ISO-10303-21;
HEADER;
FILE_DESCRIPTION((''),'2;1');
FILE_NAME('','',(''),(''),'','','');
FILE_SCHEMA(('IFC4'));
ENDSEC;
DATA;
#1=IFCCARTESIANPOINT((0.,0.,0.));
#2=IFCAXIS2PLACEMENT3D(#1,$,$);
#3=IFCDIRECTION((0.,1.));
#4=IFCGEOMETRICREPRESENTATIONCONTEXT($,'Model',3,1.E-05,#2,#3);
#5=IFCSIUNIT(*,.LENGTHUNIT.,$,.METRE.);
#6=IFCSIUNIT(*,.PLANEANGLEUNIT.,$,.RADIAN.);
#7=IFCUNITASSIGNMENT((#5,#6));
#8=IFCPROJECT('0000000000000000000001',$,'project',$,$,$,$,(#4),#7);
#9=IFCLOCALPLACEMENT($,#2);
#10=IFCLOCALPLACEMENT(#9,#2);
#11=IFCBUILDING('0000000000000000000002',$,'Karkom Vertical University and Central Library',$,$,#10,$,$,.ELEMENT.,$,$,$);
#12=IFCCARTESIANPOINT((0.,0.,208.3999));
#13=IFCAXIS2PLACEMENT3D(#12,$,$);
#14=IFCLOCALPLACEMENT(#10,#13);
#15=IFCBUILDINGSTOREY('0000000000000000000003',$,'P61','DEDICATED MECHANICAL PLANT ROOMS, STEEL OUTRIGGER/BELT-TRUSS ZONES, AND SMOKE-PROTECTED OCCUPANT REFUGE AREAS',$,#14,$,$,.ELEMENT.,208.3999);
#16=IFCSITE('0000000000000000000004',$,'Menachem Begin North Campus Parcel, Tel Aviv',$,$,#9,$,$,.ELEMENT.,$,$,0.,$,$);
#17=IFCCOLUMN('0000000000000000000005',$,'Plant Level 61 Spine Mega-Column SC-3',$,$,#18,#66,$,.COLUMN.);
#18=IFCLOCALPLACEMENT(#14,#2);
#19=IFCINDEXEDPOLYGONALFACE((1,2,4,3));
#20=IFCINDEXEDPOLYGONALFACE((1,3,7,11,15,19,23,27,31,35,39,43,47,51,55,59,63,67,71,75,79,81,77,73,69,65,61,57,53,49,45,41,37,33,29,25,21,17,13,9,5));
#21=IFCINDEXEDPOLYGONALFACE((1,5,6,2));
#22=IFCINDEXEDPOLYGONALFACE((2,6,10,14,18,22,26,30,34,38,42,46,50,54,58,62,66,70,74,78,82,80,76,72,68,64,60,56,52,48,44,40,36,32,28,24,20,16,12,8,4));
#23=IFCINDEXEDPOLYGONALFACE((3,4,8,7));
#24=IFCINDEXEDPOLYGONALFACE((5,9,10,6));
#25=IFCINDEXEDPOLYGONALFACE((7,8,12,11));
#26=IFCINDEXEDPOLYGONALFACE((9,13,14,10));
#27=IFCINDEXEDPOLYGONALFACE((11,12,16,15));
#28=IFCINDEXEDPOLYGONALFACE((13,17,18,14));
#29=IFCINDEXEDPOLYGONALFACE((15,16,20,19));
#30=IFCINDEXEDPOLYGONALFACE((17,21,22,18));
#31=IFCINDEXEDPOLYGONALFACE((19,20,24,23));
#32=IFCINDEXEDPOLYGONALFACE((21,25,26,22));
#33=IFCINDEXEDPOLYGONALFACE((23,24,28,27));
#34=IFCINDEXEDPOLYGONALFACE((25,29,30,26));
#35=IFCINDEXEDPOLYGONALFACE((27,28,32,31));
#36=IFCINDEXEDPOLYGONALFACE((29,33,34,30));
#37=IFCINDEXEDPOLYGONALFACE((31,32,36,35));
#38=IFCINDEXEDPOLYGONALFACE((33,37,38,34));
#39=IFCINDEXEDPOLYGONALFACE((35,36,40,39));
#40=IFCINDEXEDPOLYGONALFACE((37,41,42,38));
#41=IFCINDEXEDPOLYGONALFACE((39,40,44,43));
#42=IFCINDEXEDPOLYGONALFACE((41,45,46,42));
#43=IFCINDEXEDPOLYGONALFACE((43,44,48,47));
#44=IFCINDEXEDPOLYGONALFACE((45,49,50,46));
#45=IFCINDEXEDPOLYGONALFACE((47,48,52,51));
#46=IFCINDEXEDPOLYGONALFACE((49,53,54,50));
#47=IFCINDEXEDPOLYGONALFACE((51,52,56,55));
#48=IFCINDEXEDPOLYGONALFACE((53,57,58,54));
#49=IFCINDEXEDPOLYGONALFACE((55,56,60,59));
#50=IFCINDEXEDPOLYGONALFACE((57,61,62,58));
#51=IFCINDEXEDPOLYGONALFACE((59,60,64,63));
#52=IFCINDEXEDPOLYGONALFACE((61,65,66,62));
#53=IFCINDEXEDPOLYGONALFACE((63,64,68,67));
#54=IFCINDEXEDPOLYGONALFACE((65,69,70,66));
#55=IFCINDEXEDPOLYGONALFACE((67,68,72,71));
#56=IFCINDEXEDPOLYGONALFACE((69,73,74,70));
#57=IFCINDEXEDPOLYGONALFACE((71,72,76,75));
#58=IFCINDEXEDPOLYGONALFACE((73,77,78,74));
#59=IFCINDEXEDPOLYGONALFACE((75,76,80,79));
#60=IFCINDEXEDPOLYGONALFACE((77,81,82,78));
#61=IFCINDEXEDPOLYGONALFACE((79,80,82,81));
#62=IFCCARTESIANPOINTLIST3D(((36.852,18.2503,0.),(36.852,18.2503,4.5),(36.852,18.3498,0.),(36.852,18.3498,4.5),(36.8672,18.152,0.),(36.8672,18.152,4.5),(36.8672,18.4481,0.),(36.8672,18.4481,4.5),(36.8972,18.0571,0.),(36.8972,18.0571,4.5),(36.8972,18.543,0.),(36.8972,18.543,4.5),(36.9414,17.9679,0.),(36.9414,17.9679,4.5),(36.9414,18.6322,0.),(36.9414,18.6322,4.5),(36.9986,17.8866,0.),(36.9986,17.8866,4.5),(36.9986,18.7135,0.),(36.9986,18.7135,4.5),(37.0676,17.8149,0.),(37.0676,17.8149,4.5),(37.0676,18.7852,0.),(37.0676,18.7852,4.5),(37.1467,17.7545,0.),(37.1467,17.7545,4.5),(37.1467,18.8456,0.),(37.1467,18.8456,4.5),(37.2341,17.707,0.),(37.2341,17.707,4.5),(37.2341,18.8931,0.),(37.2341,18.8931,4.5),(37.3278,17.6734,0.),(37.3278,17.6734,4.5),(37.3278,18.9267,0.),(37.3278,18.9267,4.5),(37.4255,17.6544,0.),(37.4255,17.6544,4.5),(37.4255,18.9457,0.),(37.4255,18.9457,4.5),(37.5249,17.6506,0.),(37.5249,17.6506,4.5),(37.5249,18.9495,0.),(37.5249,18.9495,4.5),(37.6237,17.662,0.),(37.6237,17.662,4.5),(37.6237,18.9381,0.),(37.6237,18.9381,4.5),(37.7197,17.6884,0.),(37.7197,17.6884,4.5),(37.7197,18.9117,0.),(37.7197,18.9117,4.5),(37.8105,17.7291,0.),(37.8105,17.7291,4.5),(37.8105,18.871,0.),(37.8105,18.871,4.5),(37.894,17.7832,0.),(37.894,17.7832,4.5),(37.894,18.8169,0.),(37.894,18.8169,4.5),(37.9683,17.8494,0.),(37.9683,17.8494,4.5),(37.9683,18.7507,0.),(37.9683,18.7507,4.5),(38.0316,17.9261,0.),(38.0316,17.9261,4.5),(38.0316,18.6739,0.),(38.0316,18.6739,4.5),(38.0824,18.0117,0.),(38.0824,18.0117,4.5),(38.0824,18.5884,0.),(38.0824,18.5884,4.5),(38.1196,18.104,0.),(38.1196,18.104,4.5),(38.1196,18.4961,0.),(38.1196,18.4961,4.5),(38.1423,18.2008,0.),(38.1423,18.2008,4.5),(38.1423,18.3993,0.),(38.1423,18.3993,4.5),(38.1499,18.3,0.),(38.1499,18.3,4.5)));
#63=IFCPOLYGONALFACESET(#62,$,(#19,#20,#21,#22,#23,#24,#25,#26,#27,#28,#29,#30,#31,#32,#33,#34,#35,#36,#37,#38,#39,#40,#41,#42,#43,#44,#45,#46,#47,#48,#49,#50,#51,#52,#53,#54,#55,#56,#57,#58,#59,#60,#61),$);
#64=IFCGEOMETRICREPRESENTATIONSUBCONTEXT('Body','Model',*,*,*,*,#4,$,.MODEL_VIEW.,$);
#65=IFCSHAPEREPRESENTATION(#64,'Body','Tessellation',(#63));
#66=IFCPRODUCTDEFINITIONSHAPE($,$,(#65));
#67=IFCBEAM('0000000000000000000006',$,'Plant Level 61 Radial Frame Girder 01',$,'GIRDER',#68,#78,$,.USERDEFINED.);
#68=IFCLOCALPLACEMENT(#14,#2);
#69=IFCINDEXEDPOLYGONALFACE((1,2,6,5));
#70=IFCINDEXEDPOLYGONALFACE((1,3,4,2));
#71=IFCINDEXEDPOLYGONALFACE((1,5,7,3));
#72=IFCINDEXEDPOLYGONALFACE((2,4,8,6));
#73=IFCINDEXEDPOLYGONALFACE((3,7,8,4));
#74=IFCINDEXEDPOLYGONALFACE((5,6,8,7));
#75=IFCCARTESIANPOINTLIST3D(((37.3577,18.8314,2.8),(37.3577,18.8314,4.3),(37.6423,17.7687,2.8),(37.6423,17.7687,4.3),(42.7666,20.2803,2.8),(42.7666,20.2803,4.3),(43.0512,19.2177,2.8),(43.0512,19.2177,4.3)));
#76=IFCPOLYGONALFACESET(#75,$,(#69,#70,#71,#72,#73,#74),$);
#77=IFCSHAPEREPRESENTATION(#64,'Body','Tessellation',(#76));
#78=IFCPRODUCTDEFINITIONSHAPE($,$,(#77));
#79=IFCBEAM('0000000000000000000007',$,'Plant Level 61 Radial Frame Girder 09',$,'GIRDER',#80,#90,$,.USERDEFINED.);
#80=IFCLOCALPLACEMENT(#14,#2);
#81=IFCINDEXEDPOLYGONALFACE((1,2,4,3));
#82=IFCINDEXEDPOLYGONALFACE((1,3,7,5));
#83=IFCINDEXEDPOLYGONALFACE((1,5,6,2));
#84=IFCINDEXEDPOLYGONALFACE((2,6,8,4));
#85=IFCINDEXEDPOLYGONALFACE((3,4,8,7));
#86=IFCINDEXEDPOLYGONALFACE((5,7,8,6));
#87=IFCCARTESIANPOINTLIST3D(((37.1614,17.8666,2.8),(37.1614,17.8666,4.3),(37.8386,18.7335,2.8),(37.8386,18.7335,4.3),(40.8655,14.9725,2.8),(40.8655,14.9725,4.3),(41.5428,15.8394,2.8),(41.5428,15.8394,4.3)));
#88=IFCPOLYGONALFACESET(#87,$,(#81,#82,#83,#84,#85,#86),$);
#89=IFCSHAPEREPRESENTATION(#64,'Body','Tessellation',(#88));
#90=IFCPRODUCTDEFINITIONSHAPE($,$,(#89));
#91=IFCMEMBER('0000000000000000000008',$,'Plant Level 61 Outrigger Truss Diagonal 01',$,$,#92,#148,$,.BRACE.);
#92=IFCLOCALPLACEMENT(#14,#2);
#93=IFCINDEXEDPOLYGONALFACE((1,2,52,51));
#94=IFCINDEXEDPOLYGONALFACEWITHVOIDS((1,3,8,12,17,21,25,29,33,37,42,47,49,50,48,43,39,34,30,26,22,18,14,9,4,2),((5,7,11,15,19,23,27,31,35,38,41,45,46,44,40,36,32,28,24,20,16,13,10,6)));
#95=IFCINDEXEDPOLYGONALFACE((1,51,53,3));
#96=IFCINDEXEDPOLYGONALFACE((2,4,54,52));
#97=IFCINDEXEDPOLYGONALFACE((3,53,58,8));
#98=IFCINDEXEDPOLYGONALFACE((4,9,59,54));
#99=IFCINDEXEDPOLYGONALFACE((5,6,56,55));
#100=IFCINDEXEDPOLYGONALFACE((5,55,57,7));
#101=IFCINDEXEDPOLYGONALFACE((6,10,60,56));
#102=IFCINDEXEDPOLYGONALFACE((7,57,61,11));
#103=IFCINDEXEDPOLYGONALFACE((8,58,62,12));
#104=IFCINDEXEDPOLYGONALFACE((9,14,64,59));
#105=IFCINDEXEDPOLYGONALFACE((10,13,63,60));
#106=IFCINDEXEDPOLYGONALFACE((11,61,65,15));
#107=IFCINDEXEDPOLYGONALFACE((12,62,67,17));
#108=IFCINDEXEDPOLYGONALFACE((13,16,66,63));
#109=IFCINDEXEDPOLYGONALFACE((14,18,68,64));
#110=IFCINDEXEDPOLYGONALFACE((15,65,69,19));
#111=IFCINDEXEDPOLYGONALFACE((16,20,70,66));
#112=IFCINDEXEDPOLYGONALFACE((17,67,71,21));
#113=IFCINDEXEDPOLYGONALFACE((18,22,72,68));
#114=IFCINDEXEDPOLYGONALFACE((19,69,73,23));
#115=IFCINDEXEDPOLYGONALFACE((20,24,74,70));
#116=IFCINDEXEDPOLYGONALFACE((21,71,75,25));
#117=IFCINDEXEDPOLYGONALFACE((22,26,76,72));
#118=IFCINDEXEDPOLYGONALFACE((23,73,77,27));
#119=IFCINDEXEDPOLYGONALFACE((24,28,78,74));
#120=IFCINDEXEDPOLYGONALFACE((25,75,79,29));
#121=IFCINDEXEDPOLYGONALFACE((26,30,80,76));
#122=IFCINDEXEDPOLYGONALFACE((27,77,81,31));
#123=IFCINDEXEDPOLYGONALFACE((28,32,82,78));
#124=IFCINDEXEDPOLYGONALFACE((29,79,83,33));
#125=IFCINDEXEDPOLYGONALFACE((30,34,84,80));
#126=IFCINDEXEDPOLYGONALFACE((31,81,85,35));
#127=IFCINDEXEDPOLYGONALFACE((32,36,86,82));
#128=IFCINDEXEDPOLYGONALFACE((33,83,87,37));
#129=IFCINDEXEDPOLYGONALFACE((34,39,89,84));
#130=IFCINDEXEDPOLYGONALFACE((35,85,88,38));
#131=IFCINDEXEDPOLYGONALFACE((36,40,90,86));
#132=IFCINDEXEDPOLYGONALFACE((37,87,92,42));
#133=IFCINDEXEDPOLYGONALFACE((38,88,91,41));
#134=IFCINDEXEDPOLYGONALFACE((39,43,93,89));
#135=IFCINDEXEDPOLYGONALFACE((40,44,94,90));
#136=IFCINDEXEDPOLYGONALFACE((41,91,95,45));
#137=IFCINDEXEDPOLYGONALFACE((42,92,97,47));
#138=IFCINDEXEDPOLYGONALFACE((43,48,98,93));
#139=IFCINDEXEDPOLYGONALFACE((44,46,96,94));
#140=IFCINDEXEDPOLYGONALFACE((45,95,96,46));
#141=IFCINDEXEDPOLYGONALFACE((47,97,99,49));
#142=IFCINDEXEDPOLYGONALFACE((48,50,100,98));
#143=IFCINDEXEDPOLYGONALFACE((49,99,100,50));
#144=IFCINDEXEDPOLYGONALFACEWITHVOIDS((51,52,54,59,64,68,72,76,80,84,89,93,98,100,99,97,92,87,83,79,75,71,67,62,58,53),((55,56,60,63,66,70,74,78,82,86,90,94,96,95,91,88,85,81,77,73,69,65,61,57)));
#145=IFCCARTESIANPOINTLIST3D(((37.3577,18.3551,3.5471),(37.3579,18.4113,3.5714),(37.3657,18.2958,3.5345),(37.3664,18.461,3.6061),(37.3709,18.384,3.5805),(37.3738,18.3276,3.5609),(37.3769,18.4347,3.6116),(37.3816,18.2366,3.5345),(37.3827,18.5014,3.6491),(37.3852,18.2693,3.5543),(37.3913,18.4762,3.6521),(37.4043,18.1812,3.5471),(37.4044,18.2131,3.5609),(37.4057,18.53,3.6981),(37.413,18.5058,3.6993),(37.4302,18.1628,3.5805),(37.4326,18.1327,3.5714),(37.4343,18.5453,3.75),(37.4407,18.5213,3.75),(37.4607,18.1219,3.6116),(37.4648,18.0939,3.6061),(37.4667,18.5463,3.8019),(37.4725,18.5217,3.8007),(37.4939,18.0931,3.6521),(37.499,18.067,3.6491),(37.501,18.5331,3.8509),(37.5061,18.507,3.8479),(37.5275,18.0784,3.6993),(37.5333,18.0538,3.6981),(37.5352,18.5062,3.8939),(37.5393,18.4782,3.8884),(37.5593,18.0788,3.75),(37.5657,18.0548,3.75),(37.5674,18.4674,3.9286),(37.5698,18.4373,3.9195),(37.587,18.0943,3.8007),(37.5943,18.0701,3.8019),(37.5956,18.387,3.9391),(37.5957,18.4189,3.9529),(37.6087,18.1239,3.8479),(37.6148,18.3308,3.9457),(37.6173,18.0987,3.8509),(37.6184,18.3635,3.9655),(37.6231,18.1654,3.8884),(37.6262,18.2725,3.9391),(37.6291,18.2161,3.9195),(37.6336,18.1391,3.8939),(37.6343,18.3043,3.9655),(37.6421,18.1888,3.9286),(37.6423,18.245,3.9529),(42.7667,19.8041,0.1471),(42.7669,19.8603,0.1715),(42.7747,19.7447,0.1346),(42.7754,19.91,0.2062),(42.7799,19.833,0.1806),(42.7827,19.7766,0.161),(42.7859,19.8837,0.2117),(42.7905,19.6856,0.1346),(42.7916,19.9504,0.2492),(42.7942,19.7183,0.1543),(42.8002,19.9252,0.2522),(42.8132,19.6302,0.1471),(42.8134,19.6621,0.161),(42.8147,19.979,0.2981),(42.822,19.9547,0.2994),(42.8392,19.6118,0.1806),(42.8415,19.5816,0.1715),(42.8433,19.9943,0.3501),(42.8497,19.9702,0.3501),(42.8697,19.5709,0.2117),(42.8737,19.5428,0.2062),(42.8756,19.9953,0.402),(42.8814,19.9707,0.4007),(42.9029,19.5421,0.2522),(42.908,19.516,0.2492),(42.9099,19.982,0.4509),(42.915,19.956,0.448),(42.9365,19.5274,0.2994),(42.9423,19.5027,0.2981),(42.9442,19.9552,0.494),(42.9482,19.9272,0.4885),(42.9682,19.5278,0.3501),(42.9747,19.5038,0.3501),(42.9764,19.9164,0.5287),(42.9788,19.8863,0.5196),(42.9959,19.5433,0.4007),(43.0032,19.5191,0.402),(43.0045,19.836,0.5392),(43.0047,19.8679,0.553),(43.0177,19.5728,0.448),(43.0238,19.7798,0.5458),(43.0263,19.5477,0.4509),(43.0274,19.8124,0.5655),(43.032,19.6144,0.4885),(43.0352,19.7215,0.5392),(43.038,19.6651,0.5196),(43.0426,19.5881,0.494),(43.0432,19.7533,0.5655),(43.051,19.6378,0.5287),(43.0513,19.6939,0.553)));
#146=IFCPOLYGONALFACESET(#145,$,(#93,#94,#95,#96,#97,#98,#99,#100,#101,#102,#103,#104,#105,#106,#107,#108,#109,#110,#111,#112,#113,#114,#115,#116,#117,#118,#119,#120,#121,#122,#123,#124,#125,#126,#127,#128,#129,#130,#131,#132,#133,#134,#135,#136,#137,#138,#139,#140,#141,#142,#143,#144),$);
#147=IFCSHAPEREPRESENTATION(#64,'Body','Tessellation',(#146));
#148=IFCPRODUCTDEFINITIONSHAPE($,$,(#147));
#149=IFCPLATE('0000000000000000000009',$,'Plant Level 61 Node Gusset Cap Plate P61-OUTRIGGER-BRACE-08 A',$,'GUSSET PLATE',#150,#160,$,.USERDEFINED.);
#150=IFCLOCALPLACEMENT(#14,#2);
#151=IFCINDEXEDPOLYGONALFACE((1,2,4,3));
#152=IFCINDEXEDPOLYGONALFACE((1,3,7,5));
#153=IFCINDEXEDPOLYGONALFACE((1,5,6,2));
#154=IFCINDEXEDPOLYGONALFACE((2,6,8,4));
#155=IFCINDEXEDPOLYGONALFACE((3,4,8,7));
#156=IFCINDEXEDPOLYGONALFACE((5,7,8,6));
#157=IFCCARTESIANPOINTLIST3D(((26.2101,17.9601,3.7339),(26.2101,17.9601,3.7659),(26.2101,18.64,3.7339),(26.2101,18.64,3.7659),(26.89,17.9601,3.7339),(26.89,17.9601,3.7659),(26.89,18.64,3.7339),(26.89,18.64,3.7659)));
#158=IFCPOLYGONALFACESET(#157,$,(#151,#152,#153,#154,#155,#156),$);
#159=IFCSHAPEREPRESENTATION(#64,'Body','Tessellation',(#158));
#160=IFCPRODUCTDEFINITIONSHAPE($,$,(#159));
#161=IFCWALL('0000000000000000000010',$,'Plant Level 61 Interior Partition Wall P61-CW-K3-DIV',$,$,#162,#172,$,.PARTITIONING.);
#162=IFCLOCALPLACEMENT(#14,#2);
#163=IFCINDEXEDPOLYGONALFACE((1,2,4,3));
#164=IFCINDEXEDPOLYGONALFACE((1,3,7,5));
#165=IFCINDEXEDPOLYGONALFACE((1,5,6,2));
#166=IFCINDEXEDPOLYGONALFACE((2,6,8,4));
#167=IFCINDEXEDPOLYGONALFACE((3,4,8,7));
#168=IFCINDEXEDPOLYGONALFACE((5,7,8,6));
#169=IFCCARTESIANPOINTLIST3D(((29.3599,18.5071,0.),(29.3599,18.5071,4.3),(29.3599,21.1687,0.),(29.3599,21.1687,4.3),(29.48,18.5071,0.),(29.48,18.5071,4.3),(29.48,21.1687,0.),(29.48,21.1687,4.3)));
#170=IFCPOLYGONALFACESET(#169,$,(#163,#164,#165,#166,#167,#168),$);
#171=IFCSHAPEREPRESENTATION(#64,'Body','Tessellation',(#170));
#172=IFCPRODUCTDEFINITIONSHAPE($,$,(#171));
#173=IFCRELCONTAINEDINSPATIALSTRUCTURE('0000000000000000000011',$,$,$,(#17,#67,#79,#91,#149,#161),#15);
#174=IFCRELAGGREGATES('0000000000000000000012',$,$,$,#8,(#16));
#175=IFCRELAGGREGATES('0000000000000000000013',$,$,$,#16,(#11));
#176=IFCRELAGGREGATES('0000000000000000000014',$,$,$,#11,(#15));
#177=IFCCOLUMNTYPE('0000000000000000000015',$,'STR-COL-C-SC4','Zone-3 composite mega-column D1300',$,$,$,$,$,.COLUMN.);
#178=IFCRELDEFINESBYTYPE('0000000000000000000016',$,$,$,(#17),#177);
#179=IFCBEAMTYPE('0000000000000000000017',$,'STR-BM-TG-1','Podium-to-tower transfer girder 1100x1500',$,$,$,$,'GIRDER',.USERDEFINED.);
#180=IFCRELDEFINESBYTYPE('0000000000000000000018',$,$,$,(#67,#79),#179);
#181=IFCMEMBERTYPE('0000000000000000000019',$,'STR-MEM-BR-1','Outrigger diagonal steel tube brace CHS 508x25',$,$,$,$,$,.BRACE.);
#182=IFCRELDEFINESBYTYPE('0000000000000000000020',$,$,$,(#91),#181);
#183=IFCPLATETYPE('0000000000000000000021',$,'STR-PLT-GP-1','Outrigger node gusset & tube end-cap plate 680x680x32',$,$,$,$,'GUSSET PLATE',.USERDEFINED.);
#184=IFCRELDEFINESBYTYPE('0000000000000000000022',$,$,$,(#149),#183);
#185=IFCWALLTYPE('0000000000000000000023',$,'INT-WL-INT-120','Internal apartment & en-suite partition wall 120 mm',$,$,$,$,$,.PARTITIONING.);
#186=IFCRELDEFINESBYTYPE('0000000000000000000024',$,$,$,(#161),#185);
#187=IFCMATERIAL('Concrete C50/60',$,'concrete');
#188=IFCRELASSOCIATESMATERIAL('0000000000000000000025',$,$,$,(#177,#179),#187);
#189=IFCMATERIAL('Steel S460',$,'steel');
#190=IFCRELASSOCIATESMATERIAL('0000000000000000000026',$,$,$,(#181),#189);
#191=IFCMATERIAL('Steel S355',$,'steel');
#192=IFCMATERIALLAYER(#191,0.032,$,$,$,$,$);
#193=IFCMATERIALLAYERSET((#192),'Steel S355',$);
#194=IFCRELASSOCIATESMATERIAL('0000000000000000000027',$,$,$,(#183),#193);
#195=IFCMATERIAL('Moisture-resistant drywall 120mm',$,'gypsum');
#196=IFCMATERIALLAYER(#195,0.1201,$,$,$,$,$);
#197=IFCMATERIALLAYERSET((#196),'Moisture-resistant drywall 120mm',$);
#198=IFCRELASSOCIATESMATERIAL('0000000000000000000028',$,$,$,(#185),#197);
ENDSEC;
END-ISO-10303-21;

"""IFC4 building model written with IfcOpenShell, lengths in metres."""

from ifc_helpers import new_model, si_unit, direction, frame, frame_2d, origin, origin_with_axes, origin_2d, place, context, subcontext, project, spatial, rectangle, circle, hollow_circle, extrude, source, transform, mapped, material, layer, layer_set, material_profile, profile_set, type_object, element, save


model = new_model("IFC4")

# Units and contexts
model_context = context("Model", 3, precision=1e-05, world=origin(), true_north=direction((0.0, 1.0)))
body_context = subcontext(model_context, "Body", "Model", "MODEL_VIEW")
ifc_project = project(units=[si_unit("LENGTHUNIT", "METRE"), si_unit("PLANEANGLEUNIT", "RADIAN")], contexts=[model_context])

# Site, building, storey
site_placement = place(None, origin())
site = spatial("IfcSite", under=ifc_project, at=site_placement, Name="Menachem Begin North Campus Parcel, Tel Aviv", CompositionType="ELEMENT", RefElevation=0.0)
building_placement = place(site_placement, origin())
building = spatial("IfcBuilding", under=site, at=building_placement, Name="Karkom Vertical University and Central Library", CompositionType="ELEMENT")
storey_placement = place(building_placement, frame((0.0, 0.0, 208.3999)))
storey = spatial("IfcBuildingStorey", under=building, at=storey_placement, Name="P61", Description="DEDICATED MECHANICAL PLANT ROOMS, STEEL OUTRIGGER/BELT-TRUSS ZONES, AND SMOKE-PROTECTED OCCUPANT REFUGE AREAS", CompositionType="ELEMENT", Elevation=208.3999)

# Column
ifc_material_1 = material(Name="Concrete C50/60", Category="concrete")
ifc_material_profile_1 = material_profile(ifc_material_1, circle(Radius=0.6499, at=origin_2d()), Name="CFT-D1300")
ifc_profile_set_1 = profile_set([ifc_material_profile_1], Name="Concrete C50/60")
column_type = type_object("IfcColumnType", Name="STR-COL-C-SC4", Description="Zone-3 composite mega-column D1300", PredefinedType="COLUMN", material=ifc_profile_set_1)
shared_shape_1 = source(origin_with_axes(), body_context, "Body", "SweptSolid", [
    extrude(circle(Radius=0.6499, at=origin_2d()), origin(), (0.0, 0.0, 1.0), 4.5),
])
column_placement = place(storey_placement, frame((37.5, 18.3, 0.0), z_axis=(0.0, 0.0, 1.0), x_axis=(1.0, 0.0, 0.0)))
element("IfcColumn", 1, at=column_placement, inside=storey, type_object=column_type, Name="Plant Level 61 Spine Mega-Column SC-3", PredefinedType="COLUMN", context=body_context, shape_type="MappedRepresentation", body=[
    mapped(shared_shape_1, transform((0.0, 0.0, 0.0), scale=1.0)),
])

# Beams
ifc_material_profile_2 = material_profile(ifc_material_1, rectangle(XDim=1.1001, YDim=1.5, at=origin_2d()), Name="TG-1100x1500")
ifc_profile_set_2 = profile_set([ifc_material_profile_2], Name="Concrete C50/60")
beam_type = type_object("IfcBeamType", Name="STR-BM-TG-1", Description="Podium-to-tower transfer girder 1100x1500", ElementType="GIRDER", PredefinedType="USERDEFINED", material=ifc_profile_set_2)
shared_shape_2 = source(origin_with_axes(), body_context, "Body", "SweptSolid", [
    extrude(rectangle(XDim=1.1001, YDim=1.5, at=origin_2d()), origin(), (0.0, 0.0, 1.0), 5.5996),
])
beam_1_placement = place(storey_placement, frame((37.5, 18.3, 3.55), z_axis=(0.965941, 0.258762, 0.0), x_axis=(-0.258762, 0.965941, 0.0)))
element("IfcBeam", 2, at=beam_1_placement, inside=storey, type_object=beam_type, Name="Plant Level 61 Radial Frame Girder 01", ObjectType="GIRDER", PredefinedType="USERDEFINED", context=body_context, shape_type="MappedRepresentation", body=[
    mapped(shared_shape_2, transform((0.0, 0.0, 0.0), scale=1.0)),
])
shared_shape_3 = source(origin_with_axes(), body_context, "Body", "SweptSolid", [
    extrude(rectangle(XDim=1.1001, YDim=1.5, at=origin_2d()), origin(), (0.0, 0.0, 1.0), 4.7007),
])
beam_2_placement = place(storey_placement, frame((37.5, 18.3, 3.55), z_axis=(0.788002, -0.615672, 0.0), x_axis=(0.615672, 0.788002, 0.0)))
element("IfcBeam", 3, at=beam_2_placement, inside=storey, type_object=beam_type, Name="Plant Level 61 Radial Frame Girder 09", ObjectType="GIRDER", PredefinedType="USERDEFINED", context=body_context, shape_type="MappedRepresentation", body=[
    mapped(shared_shape_3, transform((0.0, 0.0, 0.0), scale=1.0)),
])

# Member
ifc_material_2 = material(Name="Steel S460", Category="steel")
ifc_material_profile_3 = material_profile(ifc_material_2, hollow_circle(Radius=0.2539, WallThickness=0.0249, at=origin_2d()), Name="CHS 508x25")
ifc_profile_set_3 = profile_set([ifc_material_profile_3], Name="Steel S460")
member_type = type_object("IfcMemberType", Name="STR-MEM-BR-1", Description="Outrigger diagonal steel tube brace CHS 508x25", PredefinedType="BRACE", material=ifc_profile_set_3)
shared_shape_4 = source(origin_with_axes(), body_context, "Body", "SweptSolid", [
    extrude(hollow_circle(Radius=0.2539, WallThickness=0.0249, at=origin_2d()), origin(), (0.0, 0.0, 1.0), 6.551),
])
member_placement = place(storey_placement, frame((37.5, 18.3, 3.75), z_axis=(0.825667, 0.221184, -0.518991), x_axis=(-0.258762, 0.965941, 0.0)))
element("IfcMember", 4, at=member_placement, inside=storey, type_object=member_type, Name="Plant Level 61 Outrigger Truss Diagonal 01", PredefinedType="BRACE", context=body_context, shape_type="MappedRepresentation", body=[
    mapped(shared_shape_4, transform((0.0, 0.0, 0.0), scale=1.0)),
])

# Plate
ifc_material_3 = material(Name="Steel S355", Category="steel")
ifc_layer_1 = layer(ifc_material_3, 0.032)
ifc_layer_set_1 = layer_set([ifc_layer_1], Name="Steel S355")
plate_type = type_object("IfcPlateType", Name="STR-PLT-GP-1", Description="Outrigger node gusset & tube end-cap plate 680x680x32", ElementType="GUSSET PLATE", PredefinedType="USERDEFINED", material=ifc_layer_set_1)
shared_shape_5 = source(origin_with_axes(), body_context, "Body", "SweptSolid", [
    extrude(rectangle(XDim=0.6799, YDim=0.6799, at=origin_2d()), origin(), (0.0, 0.0, 1.0), 0.032),
])
plate_placement = place(storey_placement, frame((26.55, 18.3, 3.7339), z_axis=(0.0, 0.0, 1.0), x_axis=(1.0, 0.0, 0.0)))
element("IfcPlate", 5, at=plate_placement, inside=storey, type_object=plate_type, Name="Plant Level 61 Node Gusset Cap Plate P61-OUTRIGGER-BRACE-08 A", ObjectType="GUSSET PLATE", PredefinedType="USERDEFINED", context=body_context, shape_type="MappedRepresentation", body=[
    mapped(shared_shape_5, transform((0.0, 0.0, 0.0), scale=1.0)),
])

# Wall
ifc_material_4 = material(Name="Moisture-resistant drywall 120mm", Category="gypsum")
ifc_layer_2 = layer(ifc_material_4, 0.1201)
ifc_layer_set_2 = layer_set([ifc_layer_2], Name="Moisture-resistant drywall 120mm")
wall_type_1 = type_object("IfcWallType", Name="INT-WL-INT-120", Description="Internal apartment & en-suite partition wall 120 mm", PredefinedType="PARTITIONING", material=ifc_layer_set_2)
wall_1_placement = place(storey_placement, frame((29.4199, 18.5071, 0.0), z_axis=(0.0, 0.0, 1.0), x_axis=(0.0, 1.0, 0.0)))
element("IfcWall", 6, at=wall_1_placement, inside=storey, type_object=wall_type_1, Name="Plant Level 61 Interior Partition Wall P61-CW-K3-DIV", PredefinedType="PARTITIONING", context=body_context, shape_type="SweptSolid", body=[
    extrude(rectangle(XDim=2.6616, YDim=0.1201, at=frame_2d((1.3308, 0.0))), origin(), (0.0, 0.0, 1.0), 4.3),
])

save(model, "model.ifc")
